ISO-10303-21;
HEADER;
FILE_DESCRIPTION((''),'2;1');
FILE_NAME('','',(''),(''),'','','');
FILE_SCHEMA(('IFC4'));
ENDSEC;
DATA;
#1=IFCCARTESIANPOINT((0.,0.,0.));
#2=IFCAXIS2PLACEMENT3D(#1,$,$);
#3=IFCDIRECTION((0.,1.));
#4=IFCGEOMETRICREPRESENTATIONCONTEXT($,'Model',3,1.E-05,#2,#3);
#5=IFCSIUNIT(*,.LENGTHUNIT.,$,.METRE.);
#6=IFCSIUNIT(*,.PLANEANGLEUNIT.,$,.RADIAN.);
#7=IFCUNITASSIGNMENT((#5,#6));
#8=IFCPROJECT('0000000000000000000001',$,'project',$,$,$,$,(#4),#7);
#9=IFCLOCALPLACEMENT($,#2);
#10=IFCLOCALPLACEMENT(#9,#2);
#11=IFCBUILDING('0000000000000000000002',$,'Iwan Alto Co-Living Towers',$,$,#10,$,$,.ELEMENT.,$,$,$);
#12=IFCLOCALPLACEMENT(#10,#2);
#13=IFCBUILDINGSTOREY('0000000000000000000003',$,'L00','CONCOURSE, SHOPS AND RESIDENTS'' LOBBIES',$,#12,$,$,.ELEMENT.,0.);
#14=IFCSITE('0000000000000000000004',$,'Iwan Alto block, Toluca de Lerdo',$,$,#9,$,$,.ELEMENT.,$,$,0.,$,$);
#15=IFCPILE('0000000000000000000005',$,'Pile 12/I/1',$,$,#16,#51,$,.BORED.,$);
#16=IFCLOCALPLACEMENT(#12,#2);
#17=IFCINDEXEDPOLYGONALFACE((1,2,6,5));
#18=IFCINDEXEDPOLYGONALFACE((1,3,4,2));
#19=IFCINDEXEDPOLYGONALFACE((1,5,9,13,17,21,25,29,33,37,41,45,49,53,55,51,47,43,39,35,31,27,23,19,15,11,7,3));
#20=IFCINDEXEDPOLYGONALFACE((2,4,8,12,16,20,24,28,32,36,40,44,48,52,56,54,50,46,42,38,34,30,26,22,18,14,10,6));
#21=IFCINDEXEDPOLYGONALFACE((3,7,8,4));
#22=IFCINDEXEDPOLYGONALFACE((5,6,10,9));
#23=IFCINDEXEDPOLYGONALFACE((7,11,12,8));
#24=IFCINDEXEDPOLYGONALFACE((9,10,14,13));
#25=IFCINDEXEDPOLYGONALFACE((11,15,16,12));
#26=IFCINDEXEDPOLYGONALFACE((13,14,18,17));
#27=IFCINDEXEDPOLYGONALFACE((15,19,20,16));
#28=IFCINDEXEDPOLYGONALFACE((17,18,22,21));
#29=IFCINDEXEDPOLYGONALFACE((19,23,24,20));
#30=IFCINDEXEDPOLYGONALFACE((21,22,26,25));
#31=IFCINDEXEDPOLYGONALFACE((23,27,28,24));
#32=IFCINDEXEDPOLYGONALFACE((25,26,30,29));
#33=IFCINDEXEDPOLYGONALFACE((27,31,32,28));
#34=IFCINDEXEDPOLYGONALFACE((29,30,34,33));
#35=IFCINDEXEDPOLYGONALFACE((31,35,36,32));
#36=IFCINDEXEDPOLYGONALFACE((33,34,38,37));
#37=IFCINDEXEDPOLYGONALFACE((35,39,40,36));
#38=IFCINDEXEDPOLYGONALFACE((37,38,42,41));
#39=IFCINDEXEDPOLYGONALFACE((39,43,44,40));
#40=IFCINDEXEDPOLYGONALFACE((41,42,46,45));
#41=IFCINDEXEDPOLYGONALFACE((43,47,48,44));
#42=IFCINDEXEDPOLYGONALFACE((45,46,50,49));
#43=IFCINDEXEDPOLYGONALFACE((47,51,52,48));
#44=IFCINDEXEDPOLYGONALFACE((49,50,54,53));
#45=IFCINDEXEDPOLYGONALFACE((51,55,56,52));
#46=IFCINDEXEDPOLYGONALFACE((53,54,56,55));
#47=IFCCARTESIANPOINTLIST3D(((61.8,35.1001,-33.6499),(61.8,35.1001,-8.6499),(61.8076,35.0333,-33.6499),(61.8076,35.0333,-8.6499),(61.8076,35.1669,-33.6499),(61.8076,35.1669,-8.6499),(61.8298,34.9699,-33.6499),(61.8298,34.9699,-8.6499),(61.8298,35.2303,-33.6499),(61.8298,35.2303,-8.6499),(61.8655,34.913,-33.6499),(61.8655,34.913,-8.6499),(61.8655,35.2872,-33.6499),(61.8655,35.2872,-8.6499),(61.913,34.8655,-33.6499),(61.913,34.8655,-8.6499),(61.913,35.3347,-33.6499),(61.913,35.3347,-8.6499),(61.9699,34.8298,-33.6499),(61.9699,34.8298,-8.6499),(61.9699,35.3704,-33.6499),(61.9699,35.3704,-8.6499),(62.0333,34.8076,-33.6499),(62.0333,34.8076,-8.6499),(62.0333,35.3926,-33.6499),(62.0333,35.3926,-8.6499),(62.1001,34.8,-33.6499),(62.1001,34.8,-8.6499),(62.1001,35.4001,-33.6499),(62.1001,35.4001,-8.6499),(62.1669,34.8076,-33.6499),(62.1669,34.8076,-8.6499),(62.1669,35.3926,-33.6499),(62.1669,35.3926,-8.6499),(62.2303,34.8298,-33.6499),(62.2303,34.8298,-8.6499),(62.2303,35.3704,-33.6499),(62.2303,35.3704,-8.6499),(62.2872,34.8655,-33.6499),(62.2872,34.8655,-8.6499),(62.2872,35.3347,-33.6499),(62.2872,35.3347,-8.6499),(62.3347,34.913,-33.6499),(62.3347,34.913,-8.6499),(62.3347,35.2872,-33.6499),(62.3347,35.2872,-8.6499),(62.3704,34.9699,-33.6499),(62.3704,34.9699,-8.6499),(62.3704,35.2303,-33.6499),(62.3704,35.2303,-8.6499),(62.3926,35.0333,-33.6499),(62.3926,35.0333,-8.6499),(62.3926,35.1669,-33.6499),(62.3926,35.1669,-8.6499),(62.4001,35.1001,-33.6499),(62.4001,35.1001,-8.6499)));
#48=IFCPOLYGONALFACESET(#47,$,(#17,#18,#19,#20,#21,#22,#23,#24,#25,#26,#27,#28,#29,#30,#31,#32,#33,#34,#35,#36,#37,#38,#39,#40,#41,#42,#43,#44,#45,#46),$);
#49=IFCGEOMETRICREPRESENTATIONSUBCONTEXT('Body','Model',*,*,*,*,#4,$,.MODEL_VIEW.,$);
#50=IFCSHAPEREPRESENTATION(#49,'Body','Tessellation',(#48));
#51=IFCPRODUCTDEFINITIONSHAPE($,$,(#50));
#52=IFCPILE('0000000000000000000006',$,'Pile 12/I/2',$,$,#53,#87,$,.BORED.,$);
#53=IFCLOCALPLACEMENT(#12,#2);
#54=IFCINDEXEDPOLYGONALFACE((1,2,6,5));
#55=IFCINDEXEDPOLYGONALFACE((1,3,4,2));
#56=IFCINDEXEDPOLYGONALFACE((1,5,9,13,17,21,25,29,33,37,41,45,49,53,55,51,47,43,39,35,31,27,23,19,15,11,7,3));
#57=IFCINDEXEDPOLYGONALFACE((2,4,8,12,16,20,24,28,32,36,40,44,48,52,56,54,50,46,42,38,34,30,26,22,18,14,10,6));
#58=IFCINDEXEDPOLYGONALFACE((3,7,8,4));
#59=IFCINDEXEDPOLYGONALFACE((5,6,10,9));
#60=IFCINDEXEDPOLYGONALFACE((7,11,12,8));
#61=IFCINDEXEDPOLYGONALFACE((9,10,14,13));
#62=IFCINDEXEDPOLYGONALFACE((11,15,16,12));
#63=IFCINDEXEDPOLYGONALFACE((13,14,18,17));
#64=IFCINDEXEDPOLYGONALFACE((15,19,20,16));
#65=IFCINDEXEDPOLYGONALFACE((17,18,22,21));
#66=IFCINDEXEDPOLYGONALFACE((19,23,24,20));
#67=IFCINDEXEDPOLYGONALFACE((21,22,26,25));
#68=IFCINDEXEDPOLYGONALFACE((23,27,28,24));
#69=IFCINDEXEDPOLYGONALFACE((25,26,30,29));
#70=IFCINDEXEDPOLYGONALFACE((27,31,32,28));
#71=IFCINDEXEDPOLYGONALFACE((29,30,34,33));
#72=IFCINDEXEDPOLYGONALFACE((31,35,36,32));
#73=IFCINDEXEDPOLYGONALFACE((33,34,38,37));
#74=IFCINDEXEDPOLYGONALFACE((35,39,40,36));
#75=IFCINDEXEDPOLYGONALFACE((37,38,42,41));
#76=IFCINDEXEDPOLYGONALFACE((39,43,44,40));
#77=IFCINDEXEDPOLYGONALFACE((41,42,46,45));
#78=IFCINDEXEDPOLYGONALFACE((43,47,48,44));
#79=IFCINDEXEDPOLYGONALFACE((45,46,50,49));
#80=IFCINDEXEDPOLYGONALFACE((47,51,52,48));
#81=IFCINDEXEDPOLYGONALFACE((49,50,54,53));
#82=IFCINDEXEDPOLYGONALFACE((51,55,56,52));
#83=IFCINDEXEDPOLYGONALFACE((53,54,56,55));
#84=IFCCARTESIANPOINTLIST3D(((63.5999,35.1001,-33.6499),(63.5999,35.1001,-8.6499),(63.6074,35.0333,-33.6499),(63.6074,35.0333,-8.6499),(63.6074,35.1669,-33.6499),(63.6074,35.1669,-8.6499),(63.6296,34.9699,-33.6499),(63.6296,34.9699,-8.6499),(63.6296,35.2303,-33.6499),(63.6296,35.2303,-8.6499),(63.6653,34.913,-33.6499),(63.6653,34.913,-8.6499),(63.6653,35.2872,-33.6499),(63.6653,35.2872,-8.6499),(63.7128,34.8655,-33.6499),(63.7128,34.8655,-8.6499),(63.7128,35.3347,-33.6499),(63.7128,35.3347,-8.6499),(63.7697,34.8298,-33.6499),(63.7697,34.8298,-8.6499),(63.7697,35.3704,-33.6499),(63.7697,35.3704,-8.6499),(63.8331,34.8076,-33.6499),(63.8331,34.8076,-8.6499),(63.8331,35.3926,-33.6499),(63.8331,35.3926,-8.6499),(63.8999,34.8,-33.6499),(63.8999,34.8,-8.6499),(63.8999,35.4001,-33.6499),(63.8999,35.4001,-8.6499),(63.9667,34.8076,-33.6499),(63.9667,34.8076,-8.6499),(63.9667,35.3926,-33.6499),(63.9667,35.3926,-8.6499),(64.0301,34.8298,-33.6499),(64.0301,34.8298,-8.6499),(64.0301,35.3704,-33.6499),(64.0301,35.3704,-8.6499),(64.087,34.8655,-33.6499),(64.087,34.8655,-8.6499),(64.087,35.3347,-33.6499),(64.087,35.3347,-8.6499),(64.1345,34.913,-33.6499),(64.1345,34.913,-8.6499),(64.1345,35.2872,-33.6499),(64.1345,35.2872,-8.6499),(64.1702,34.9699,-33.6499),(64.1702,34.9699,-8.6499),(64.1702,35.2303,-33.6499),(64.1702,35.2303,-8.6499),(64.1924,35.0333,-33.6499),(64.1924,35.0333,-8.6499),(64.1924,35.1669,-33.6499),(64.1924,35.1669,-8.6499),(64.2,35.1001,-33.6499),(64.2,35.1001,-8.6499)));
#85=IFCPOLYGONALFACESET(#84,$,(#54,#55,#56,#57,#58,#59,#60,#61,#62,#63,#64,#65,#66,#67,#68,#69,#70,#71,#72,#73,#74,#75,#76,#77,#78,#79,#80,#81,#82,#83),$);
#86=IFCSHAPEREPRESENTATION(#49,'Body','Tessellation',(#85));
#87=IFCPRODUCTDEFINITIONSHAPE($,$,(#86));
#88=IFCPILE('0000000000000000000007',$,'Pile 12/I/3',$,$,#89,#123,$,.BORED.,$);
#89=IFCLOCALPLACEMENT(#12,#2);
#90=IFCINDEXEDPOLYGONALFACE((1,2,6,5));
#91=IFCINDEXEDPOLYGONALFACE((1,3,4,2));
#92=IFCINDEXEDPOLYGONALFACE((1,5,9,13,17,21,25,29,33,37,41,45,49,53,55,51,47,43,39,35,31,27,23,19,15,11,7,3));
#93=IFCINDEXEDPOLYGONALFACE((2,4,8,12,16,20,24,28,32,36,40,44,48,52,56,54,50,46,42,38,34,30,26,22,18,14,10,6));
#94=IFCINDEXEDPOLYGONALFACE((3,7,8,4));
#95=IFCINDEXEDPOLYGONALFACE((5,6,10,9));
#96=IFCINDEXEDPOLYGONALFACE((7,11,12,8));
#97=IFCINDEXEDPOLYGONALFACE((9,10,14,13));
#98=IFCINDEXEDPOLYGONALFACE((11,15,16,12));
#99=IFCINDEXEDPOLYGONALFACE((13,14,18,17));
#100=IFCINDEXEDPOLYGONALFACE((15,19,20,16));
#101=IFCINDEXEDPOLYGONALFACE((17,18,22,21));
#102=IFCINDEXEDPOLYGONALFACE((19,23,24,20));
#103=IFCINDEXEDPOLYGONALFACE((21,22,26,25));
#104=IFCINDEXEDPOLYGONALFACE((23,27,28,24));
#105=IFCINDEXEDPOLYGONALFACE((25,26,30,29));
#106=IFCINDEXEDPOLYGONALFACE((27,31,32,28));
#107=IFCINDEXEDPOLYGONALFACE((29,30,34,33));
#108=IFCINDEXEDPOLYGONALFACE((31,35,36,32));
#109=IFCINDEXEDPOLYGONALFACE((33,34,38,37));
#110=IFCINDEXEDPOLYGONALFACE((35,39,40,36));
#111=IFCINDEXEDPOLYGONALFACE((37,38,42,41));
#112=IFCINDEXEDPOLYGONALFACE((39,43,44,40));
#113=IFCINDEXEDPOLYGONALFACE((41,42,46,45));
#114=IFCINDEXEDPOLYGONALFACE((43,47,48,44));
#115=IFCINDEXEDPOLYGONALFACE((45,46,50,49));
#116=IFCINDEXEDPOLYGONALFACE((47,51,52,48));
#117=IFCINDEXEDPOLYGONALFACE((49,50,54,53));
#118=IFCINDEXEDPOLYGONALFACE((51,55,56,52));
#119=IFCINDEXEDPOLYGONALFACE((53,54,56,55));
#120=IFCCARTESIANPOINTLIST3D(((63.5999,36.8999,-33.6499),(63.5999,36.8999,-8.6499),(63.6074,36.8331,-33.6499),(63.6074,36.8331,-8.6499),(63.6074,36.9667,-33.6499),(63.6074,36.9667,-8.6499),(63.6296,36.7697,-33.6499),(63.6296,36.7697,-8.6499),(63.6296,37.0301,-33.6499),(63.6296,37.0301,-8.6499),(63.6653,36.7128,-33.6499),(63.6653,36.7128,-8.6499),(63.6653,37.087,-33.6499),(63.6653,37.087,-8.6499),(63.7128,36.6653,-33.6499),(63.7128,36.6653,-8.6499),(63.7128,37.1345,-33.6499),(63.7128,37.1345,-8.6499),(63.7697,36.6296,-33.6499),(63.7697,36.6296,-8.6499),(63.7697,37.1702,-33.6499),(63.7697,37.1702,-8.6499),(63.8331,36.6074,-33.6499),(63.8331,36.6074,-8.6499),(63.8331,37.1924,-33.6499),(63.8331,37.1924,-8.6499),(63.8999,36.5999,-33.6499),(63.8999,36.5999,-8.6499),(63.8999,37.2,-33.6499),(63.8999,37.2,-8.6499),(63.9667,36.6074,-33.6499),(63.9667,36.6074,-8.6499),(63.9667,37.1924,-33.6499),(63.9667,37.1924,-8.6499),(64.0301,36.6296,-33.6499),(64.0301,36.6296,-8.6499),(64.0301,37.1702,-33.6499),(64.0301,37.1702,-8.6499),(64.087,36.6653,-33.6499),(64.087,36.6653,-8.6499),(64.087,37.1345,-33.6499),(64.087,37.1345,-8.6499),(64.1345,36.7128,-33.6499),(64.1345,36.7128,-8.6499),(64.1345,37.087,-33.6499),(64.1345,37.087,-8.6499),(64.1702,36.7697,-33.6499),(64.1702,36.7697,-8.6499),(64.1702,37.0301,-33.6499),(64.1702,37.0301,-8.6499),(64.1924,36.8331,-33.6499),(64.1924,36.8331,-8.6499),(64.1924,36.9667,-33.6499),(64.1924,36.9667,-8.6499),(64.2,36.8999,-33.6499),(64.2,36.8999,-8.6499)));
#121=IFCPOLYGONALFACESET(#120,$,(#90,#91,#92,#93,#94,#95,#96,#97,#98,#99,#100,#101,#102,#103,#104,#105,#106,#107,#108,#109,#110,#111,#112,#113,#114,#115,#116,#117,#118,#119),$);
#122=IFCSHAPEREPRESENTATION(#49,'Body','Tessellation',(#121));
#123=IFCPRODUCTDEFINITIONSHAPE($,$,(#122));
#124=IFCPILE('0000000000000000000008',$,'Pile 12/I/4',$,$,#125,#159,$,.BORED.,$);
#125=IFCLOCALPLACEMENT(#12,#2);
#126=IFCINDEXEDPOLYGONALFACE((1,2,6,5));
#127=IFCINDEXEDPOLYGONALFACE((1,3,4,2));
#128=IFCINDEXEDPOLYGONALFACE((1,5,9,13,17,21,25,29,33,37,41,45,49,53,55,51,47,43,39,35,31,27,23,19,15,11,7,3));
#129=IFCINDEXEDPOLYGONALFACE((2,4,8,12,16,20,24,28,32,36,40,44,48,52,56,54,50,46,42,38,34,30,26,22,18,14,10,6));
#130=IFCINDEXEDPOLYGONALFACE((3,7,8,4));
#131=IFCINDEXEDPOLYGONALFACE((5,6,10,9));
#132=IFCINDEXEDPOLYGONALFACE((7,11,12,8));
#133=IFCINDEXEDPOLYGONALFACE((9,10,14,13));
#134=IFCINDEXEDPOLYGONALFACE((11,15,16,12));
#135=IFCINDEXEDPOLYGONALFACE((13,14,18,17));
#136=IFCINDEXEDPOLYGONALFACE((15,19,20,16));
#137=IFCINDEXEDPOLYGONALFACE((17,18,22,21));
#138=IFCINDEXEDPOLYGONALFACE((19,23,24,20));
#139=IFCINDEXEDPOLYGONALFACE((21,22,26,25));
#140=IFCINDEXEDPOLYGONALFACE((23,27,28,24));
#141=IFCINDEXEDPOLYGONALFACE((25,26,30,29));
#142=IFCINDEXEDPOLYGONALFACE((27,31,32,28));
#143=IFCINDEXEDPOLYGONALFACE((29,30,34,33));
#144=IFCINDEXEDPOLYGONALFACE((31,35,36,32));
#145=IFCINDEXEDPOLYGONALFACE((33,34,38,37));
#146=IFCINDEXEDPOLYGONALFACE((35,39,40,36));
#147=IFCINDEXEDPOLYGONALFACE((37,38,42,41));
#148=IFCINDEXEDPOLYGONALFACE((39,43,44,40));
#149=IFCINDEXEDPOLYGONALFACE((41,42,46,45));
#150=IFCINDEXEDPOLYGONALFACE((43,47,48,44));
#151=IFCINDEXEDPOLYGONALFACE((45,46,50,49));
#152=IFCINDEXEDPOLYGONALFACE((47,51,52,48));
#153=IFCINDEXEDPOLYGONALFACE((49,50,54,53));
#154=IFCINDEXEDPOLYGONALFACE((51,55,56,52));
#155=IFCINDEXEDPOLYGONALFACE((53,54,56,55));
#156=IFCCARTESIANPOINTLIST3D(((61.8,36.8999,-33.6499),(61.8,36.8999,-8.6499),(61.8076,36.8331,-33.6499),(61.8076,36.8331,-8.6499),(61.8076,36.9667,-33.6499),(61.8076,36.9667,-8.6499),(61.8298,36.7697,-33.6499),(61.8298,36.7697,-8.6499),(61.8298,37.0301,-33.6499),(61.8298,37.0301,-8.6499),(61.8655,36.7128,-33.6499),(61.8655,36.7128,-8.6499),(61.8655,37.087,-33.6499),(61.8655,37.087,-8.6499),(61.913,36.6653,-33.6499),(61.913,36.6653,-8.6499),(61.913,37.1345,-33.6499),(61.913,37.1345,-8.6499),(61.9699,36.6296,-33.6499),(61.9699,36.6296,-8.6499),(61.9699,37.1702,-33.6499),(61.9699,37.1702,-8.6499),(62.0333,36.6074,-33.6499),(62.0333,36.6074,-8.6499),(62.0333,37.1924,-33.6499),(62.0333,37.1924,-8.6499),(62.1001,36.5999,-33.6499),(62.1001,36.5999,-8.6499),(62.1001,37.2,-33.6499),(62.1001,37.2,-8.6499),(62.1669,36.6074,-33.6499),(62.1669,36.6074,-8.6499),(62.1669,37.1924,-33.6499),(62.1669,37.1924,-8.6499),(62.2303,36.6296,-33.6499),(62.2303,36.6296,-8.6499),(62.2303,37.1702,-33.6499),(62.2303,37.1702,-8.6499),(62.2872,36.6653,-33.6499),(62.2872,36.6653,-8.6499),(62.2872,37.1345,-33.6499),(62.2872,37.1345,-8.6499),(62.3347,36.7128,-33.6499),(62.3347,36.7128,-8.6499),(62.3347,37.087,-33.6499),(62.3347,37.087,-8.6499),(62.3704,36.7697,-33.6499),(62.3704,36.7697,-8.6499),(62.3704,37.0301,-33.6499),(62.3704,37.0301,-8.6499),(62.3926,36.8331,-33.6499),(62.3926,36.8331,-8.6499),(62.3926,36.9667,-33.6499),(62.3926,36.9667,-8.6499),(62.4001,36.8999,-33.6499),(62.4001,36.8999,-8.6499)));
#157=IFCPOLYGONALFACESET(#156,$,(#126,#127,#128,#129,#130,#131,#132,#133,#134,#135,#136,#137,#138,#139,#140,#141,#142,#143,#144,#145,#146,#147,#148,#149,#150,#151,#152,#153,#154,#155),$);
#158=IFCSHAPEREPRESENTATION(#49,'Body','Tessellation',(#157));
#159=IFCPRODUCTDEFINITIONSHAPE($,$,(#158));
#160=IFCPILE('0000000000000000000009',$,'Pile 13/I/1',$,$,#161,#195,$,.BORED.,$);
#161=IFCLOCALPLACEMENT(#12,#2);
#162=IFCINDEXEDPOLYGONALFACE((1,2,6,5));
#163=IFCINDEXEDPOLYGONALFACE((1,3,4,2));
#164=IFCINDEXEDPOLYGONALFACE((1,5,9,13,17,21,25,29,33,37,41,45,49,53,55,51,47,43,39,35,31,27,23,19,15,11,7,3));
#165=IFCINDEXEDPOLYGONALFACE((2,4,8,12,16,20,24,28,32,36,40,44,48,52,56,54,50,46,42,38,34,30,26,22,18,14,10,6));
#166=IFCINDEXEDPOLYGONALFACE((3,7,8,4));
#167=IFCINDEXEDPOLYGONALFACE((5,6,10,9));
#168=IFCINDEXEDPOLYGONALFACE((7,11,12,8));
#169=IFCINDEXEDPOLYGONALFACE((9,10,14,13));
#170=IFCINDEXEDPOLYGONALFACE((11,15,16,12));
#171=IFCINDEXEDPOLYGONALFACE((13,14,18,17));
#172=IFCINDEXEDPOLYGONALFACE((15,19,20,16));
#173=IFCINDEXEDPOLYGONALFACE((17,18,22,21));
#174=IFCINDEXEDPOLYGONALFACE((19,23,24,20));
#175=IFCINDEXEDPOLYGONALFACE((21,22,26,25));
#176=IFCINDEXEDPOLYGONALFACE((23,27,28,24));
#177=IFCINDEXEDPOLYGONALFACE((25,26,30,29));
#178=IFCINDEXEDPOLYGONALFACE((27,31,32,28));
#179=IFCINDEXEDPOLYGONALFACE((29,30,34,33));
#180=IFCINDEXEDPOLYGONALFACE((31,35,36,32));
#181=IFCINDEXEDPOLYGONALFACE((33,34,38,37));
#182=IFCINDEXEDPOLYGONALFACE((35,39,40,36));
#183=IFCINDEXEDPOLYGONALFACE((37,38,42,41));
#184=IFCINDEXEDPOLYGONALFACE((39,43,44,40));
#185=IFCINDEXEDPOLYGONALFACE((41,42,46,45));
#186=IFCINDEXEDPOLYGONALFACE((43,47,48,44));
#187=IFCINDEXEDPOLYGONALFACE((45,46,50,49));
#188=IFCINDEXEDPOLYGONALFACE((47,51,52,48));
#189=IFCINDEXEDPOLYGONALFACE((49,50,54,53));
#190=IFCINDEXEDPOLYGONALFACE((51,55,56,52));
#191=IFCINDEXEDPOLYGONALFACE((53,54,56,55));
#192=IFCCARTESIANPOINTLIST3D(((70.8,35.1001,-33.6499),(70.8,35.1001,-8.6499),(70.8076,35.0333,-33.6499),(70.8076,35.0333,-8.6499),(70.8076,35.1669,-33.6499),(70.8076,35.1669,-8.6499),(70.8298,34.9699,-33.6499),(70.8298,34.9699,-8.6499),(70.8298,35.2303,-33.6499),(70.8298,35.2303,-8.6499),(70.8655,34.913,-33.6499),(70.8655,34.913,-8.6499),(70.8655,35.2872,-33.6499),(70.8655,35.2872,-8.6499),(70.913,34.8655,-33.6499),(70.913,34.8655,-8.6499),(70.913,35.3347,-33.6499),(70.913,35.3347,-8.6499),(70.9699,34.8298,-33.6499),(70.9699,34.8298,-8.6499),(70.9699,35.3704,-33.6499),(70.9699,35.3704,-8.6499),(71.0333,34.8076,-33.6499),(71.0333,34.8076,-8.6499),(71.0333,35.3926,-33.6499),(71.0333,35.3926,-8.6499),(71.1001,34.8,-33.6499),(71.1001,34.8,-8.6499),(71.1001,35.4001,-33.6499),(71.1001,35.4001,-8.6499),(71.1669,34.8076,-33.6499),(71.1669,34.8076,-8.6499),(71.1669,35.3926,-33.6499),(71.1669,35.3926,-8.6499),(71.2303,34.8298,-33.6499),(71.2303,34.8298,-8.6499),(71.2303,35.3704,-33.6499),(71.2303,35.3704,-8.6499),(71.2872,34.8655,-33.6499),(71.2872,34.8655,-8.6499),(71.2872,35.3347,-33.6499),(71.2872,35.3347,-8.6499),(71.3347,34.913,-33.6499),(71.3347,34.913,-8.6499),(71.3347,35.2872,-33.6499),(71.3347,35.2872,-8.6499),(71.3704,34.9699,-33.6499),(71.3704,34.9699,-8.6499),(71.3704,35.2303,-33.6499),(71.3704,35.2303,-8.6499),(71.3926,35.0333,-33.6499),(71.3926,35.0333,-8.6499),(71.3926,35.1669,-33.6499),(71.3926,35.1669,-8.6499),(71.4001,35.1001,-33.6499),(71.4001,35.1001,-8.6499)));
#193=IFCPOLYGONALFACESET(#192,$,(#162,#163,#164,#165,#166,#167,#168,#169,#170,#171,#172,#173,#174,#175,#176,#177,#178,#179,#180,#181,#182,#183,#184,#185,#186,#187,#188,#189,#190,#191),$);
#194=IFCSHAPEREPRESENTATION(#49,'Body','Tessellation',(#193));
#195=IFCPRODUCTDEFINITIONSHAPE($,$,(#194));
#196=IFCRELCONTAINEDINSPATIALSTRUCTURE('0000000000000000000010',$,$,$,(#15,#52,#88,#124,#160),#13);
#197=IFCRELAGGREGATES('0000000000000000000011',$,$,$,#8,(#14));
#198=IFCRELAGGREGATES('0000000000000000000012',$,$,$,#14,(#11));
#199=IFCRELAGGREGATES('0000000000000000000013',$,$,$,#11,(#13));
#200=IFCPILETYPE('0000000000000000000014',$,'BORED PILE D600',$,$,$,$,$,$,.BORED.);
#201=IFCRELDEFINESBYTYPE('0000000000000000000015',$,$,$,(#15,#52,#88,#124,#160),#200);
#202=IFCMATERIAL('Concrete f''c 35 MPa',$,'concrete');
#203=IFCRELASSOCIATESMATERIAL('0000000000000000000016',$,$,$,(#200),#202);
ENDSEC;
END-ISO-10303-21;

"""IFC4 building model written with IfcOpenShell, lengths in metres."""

from ifc_helpers import new_model, si_unit, direction, frame, origin, origin_2d, place, context, subcontext, project, spatial, circle, extrude, material, material_profile, profile_set, type_object, element, save


model = new_model("IFC4")

# Units and contexts
model_context = context("Model", 3, precision=1e-05, world=origin(), true_north=direction((0.0, 1.0)))
body_context = subcontext(model_context, "Body", "Model", "MODEL_VIEW")
ifc_project = project(units=[si_unit("LENGTHUNIT", "METRE"), si_unit("PLANEANGLEUNIT", "RADIAN")], contexts=[model_context])

# Site, building, storey
site_placement = place(None, origin())
site = spatial("IfcSite", under=ifc_project, at=site_placement, Name="Iwan Alto block, Toluca de Lerdo", CompositionType="ELEMENT", RefElevation=0.0)
building_placement = place(site_placement, origin())
building = spatial("IfcBuilding", under=site, at=building_placement, Name="Iwan Alto Co-Living Towers", CompositionType="ELEMENT")
storey_placement = place(building_placement, origin())
storey = spatial("IfcBuildingStorey", under=building, at=storey_placement, Name="L00", Description="CONCOURSE, SHOPS AND RESIDENTS' LOBBIES", CompositionType="ELEMENT", Elevation=0.0)

# Piles
ifc_material_1 = material(Name="Concrete f'c 35 MPa", Category="concrete")
ifc_material_profile_1 = material_profile(ifc_material_1, circle(Radius=0.3, at=origin_2d()), Name="D600")
ifc_profile_set_1 = profile_set([ifc_material_profile_1], Name="Concrete f'c 35 MPa")
pile_type = type_object("IfcPileType", Name="BORED PILE D600", PredefinedType="BORED", material=ifc_profile_set_1)
for number, where, z_axis, x_axis, name in (
    (1, (62.1001, 35.1001, -8.6499), (0.0, 0.0, -1.0), (1.0, 0.0, 0.0), "Pile 12/I/1"),
    (2, (63.8999, 35.1001, -8.6499), (0.0, 0.0, -1.0), (1.0, 0.0, 0.0), "Pile 12/I/2"),
    (3, (63.8999, 36.8999, -8.6499), (0.0, 0.0, -1.0), (1.0, 0.0, 0.0), "Pile 12/I/3"),
    (4, (62.1001, 36.8999, -8.6499), (0.0, 0.0, -1.0), (1.0, 0.0, 0.0), "Pile 12/I/4"),
    (5, (71.1001, 35.1001, -8.6499), (0.0, 0.0, -1.0), (1.0, 0.0, 0.0), "Pile 13/I/1"),
):
    element("IfcPile", number, at=place(storey_placement, frame(where, z_axis=z_axis, x_axis=x_axis)), inside=storey, type_object=pile_type, Name=name, PredefinedType="BORED", context=body_context, shape_type="SweptSolid", body=[
        extrude(circle(Radius=0.3, at=origin_2d()), origin(), (0.0, 0.0, 1.0), 25.0),
    ])

save(model, "model.ifc")
